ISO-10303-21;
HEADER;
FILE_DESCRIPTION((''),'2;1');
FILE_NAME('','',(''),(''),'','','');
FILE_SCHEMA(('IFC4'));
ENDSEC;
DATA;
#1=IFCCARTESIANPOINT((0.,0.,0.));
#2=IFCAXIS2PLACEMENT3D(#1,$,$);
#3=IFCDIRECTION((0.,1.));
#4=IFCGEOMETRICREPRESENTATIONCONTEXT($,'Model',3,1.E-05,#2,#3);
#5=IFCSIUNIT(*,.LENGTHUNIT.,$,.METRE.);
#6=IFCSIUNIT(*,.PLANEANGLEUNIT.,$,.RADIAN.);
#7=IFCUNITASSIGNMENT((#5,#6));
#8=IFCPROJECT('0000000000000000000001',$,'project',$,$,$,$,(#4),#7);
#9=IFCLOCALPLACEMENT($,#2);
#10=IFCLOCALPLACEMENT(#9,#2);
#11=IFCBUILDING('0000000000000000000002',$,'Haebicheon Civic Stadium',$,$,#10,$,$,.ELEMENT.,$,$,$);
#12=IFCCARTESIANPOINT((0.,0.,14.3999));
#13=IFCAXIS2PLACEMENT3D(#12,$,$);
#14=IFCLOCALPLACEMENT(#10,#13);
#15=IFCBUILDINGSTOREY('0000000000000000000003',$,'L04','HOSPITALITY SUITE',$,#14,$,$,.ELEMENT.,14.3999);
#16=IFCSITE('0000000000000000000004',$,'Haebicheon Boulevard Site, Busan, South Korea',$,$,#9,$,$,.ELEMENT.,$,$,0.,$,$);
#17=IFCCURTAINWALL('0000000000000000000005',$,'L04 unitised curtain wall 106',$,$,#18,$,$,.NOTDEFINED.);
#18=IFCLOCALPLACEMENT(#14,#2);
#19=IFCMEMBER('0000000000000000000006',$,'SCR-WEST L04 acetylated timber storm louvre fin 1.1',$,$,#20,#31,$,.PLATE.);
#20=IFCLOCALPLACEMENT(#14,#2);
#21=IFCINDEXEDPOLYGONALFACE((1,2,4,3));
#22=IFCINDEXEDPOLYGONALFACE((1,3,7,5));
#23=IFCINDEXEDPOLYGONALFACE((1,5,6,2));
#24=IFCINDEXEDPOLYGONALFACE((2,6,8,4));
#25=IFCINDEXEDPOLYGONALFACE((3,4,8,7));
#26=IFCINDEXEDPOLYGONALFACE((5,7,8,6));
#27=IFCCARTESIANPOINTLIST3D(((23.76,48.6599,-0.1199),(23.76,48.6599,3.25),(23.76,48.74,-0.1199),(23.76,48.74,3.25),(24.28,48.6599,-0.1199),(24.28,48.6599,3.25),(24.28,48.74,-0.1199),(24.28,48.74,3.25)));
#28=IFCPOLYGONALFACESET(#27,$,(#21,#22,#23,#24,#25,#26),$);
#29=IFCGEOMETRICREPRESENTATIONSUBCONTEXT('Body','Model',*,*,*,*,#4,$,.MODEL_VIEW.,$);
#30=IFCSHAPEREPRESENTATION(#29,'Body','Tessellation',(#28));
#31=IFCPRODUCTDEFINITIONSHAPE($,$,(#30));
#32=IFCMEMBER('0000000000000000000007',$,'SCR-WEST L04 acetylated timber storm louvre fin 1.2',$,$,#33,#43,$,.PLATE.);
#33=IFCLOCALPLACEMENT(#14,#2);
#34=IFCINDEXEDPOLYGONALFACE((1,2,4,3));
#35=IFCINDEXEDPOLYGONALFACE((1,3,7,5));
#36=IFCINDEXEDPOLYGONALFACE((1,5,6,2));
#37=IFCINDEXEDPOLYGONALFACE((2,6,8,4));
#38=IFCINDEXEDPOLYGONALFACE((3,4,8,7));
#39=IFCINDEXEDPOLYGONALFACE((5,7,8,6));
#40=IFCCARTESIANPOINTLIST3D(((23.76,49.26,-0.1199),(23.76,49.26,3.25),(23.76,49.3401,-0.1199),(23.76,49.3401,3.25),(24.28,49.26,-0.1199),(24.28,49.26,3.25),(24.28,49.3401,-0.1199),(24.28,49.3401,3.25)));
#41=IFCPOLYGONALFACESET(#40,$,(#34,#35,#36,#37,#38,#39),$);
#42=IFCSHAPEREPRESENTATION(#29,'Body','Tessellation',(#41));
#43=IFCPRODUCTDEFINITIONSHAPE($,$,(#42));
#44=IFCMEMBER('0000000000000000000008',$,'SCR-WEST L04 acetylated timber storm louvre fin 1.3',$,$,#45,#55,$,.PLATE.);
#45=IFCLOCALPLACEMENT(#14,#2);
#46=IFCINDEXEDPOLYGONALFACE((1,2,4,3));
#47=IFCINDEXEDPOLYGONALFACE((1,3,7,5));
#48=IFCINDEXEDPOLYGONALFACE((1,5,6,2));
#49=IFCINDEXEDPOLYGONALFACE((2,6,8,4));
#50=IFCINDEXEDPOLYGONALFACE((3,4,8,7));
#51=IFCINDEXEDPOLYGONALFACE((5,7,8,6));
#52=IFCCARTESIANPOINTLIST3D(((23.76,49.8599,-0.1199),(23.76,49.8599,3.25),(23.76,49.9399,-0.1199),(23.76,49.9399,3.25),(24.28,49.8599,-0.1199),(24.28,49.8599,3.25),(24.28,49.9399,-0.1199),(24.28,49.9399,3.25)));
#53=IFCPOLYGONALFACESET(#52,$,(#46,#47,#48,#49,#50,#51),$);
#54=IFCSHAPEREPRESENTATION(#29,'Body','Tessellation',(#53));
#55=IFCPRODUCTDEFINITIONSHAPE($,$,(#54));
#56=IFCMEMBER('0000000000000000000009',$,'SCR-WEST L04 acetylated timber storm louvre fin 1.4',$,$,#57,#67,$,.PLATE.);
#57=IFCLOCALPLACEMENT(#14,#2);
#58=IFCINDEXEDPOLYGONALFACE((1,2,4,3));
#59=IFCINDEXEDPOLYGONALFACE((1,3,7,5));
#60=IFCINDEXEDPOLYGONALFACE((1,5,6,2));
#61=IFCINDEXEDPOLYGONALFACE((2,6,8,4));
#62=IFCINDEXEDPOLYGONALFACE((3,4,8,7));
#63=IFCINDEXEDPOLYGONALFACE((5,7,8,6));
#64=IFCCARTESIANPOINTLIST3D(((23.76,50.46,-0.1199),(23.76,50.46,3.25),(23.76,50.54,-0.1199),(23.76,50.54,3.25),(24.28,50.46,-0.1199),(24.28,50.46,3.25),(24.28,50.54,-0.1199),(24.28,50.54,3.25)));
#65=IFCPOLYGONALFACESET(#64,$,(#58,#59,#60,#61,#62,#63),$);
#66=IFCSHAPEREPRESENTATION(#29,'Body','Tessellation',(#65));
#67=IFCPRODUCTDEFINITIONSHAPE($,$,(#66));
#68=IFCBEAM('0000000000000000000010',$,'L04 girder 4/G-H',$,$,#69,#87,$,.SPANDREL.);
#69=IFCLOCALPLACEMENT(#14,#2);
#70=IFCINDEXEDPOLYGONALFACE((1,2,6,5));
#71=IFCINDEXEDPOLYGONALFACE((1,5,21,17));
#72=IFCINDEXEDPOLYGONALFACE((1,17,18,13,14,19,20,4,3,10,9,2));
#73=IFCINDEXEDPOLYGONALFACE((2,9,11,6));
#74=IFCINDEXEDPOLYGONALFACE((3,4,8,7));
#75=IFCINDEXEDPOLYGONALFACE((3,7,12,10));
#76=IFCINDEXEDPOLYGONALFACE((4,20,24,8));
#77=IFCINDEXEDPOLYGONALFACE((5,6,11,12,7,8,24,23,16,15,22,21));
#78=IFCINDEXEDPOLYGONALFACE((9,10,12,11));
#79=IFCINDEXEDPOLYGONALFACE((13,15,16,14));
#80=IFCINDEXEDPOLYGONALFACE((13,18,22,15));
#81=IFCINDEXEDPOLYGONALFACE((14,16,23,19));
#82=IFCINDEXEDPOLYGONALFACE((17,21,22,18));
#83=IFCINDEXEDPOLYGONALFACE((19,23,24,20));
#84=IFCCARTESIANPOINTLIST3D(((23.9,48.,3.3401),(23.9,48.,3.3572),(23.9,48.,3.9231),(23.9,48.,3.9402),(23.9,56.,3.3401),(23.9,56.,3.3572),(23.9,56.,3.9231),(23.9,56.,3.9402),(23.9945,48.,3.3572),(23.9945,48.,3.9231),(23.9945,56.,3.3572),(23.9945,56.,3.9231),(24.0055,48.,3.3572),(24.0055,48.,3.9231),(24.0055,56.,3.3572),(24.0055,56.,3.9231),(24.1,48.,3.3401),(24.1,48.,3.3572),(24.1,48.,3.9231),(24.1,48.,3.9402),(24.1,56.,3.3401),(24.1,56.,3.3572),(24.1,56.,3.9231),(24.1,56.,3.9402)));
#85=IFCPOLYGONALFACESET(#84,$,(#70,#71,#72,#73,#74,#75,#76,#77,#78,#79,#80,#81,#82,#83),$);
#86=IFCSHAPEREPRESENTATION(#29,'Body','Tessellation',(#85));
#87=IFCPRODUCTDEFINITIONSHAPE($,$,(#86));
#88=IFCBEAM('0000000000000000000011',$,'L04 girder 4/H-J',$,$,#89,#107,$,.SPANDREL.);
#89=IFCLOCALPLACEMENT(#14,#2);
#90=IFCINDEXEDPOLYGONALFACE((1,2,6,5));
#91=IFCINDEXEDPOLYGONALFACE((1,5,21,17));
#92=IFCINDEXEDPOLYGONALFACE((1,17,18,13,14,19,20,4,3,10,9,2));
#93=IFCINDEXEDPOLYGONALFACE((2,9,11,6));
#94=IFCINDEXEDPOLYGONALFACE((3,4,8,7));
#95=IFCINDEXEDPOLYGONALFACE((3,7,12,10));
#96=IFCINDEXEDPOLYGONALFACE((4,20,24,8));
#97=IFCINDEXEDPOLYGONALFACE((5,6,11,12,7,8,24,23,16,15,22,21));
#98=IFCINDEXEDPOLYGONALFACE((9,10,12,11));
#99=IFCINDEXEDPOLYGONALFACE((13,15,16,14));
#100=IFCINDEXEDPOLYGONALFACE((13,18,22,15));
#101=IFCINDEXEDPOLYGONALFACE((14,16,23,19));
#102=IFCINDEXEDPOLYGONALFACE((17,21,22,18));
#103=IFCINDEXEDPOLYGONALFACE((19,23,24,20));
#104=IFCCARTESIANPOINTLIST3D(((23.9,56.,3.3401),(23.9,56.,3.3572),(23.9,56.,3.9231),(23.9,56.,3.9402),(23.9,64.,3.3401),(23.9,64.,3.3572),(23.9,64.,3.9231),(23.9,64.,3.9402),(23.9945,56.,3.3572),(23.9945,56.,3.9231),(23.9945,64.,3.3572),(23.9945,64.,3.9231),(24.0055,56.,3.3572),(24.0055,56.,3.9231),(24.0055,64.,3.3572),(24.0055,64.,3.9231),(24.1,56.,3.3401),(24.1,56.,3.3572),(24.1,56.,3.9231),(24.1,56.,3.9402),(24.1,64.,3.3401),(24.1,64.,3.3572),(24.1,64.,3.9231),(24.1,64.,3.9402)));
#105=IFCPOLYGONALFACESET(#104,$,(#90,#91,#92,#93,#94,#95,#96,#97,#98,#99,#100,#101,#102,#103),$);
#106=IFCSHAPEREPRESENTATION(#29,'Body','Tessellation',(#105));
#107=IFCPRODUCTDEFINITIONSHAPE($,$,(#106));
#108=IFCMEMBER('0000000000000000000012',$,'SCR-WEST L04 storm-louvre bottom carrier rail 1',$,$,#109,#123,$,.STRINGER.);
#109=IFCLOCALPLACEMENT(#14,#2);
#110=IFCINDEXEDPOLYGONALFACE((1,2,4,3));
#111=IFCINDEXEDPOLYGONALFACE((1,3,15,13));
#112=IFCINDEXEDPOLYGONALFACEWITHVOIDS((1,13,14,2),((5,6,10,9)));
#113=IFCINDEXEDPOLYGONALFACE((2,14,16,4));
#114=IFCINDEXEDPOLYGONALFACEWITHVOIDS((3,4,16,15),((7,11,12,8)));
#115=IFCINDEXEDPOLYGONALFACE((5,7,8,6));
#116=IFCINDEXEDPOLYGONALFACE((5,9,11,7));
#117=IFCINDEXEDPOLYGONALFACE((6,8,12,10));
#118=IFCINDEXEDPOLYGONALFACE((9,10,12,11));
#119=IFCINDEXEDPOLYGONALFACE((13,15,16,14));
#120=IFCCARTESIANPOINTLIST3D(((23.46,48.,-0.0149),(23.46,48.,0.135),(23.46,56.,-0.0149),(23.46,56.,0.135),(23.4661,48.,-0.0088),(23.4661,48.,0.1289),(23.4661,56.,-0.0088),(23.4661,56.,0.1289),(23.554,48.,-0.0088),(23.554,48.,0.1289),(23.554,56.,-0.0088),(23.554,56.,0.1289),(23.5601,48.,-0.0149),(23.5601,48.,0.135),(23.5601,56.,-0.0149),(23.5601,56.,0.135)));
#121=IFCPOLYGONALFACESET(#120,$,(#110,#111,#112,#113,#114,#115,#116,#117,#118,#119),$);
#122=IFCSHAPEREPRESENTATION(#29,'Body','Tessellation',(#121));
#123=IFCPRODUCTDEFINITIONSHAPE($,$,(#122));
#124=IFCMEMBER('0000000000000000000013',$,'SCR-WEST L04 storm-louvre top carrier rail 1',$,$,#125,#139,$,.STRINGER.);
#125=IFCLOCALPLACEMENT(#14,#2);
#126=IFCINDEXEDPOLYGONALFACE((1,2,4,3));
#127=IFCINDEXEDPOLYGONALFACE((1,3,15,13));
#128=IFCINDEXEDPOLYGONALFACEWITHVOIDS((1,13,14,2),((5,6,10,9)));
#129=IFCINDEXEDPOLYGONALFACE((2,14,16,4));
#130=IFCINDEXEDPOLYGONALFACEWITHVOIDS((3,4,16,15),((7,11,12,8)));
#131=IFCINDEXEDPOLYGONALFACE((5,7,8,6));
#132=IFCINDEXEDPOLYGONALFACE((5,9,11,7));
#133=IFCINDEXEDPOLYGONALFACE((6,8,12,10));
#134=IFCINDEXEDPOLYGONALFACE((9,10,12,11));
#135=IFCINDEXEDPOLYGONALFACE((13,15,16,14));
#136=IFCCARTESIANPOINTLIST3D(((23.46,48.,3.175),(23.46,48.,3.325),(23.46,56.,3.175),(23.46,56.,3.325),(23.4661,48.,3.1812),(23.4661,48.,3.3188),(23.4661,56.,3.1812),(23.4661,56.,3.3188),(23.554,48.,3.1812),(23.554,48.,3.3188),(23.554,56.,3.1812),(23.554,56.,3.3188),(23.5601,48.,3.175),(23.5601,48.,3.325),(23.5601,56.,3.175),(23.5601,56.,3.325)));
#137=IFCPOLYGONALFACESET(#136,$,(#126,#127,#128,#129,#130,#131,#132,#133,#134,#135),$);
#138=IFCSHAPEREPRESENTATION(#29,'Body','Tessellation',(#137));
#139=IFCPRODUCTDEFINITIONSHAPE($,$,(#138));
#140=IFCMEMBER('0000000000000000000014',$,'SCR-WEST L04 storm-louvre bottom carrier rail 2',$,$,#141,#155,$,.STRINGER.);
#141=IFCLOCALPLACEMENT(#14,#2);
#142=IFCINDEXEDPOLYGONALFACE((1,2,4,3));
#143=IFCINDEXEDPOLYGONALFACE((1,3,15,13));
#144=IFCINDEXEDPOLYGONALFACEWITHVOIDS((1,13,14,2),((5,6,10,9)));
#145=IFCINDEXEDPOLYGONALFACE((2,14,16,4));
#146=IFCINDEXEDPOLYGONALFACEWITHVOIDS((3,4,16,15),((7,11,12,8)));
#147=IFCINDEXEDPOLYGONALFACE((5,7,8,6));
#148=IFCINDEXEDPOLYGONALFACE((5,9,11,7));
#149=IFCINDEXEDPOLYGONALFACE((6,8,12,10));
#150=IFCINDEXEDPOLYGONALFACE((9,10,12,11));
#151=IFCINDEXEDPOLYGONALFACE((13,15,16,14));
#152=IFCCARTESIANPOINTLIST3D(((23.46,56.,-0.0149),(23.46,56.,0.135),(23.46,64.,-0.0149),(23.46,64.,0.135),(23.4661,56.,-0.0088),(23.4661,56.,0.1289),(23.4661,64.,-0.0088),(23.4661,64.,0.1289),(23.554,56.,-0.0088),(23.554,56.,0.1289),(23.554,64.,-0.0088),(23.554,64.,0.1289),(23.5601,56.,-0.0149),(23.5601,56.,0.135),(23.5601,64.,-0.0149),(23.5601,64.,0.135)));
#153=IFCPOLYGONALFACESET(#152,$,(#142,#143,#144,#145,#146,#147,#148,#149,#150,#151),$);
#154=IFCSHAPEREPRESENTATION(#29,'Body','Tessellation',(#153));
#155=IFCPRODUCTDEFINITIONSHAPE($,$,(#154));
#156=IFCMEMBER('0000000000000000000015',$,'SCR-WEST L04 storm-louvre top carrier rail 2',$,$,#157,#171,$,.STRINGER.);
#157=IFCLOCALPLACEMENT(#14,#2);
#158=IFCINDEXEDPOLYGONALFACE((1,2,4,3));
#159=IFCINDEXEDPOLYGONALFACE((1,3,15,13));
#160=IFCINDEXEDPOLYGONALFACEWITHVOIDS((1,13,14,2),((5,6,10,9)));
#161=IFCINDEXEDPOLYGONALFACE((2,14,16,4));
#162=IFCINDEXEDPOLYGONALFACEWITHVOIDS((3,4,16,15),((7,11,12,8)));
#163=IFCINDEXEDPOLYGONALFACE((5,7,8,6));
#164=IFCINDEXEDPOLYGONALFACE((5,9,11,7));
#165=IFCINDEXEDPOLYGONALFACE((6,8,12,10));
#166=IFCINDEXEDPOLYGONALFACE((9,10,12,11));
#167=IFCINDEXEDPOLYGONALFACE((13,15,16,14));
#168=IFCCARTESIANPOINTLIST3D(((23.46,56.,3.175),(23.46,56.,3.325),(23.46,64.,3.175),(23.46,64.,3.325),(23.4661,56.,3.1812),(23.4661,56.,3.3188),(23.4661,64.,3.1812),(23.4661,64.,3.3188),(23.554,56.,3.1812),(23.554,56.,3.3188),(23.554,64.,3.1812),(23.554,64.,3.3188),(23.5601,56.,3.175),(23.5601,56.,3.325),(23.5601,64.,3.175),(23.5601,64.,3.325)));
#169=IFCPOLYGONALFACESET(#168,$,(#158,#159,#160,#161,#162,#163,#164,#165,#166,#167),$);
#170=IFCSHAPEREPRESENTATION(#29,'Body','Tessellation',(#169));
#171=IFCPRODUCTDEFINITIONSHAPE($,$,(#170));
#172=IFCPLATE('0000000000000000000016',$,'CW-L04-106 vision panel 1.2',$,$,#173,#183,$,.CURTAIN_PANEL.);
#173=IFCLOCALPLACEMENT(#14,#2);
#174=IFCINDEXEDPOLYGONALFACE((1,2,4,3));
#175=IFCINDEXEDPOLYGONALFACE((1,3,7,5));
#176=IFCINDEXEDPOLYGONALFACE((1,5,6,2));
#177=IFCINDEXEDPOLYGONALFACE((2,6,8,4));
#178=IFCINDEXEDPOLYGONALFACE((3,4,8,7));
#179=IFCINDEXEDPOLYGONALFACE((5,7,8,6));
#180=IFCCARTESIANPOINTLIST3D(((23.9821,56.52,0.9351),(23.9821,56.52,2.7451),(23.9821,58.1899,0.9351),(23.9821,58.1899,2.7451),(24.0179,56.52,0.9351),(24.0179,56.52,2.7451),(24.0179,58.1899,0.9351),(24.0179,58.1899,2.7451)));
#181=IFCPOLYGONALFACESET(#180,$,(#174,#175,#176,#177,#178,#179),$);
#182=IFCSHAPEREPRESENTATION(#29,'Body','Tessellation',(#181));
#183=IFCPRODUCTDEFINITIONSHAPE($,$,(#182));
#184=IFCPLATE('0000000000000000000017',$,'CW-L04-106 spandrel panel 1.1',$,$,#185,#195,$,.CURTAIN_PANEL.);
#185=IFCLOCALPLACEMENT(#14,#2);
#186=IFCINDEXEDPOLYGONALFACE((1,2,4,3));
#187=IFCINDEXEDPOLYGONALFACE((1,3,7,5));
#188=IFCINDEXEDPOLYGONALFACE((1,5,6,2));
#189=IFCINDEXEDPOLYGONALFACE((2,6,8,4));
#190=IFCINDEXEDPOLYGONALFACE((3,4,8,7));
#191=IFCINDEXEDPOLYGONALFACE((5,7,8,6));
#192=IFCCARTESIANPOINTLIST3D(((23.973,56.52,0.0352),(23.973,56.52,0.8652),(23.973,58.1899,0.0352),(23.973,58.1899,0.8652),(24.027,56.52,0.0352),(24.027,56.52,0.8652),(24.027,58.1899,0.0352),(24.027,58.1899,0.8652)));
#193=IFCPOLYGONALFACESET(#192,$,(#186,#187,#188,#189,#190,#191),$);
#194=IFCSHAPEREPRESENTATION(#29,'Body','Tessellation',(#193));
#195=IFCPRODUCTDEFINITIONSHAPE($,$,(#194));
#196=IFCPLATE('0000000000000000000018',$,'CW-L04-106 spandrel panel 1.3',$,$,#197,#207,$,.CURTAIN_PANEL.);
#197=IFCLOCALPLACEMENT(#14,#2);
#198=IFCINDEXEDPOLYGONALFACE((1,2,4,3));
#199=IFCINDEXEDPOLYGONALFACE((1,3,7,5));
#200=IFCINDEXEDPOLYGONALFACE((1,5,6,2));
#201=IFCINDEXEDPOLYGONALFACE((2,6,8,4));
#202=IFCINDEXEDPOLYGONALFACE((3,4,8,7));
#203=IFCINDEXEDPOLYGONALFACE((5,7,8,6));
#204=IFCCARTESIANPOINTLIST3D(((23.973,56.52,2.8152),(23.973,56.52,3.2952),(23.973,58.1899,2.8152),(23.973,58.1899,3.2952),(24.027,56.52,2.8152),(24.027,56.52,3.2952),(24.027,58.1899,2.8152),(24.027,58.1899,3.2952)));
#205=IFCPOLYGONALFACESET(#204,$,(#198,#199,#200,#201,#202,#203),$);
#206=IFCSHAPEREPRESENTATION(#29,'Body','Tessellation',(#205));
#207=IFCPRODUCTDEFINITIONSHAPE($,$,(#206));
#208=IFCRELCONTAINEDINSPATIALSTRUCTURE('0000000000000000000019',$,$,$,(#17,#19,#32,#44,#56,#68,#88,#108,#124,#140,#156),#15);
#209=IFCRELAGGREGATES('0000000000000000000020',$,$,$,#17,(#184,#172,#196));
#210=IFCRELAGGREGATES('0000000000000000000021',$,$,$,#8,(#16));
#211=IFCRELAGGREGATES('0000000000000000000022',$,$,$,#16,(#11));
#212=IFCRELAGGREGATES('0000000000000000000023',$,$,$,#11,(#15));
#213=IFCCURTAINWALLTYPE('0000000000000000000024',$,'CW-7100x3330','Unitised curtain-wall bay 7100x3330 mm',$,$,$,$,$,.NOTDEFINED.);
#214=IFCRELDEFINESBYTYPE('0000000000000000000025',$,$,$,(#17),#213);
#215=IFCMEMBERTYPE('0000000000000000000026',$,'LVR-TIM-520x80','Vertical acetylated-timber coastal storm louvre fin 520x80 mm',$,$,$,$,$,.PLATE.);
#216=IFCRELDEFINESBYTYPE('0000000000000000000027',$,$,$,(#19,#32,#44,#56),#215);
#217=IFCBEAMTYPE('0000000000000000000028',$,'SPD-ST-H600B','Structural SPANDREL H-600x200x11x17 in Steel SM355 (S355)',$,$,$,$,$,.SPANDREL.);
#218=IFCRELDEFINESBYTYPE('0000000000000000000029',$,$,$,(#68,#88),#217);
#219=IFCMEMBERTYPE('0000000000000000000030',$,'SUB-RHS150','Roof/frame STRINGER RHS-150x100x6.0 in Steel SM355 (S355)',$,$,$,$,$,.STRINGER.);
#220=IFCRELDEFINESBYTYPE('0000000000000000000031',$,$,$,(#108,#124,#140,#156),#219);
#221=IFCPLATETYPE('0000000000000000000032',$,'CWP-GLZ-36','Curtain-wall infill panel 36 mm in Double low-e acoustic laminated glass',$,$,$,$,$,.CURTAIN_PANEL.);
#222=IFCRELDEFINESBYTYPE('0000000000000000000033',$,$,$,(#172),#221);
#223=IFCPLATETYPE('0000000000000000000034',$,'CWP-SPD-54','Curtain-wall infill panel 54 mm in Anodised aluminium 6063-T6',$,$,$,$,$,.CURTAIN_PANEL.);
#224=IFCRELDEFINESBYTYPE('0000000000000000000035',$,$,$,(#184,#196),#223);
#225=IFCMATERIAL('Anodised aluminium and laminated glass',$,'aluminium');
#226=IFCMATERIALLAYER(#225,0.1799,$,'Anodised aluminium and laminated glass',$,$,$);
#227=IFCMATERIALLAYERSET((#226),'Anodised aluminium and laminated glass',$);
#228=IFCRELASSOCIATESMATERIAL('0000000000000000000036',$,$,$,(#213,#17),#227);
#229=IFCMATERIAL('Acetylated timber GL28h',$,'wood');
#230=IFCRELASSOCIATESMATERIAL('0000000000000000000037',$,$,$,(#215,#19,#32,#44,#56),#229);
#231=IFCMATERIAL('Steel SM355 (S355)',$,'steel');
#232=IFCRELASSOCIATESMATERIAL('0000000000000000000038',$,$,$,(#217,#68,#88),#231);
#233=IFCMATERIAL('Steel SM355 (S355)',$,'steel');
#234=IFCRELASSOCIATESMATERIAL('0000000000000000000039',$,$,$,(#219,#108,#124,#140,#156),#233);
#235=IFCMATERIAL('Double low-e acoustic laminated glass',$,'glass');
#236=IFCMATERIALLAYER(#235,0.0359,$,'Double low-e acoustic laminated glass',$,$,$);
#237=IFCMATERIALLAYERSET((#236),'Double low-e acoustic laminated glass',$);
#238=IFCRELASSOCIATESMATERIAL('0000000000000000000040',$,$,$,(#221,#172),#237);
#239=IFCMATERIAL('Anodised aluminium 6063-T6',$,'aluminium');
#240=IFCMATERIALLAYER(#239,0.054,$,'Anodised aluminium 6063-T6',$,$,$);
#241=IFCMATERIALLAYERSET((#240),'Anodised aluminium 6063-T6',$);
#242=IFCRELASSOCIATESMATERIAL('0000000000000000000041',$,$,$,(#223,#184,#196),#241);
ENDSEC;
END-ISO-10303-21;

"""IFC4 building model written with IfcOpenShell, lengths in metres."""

from ifc_helpers import new_model, si_unit, direction, frame, origin, origin_2d, place, context, subcontext, project, spatial, rectangle, hollow_rectangle, i_section, extrude, material, layer, layer_set, material_profile, profile_set, type_object, element, aggregate, save


model = new_model("IFC4")

# Units and contexts
model_context = context("Model", 3, precision=1e-05, world=origin(), true_north=direction((0.0, 1.0)))
body_context = subcontext(model_context, "Body", "Model", "MODEL_VIEW")
ifc_project = project(units=[si_unit("LENGTHUNIT", "METRE"), si_unit("PLANEANGLEUNIT", "RADIAN")], contexts=[model_context])

# Site, building, storey
site_placement = place(None, origin())
site = spatial("IfcSite", under=ifc_project, at=site_placement, Name="Haebicheon Boulevard Site, Busan, South Korea", CompositionType="ELEMENT", RefElevation=0.0)
building_placement = place(site_placement, origin())
building = spatial("IfcBuilding", under=site, at=building_placement, Name="Haebicheon Civic Stadium", CompositionType="ELEMENT")
storey_placement = place(building_placement, frame((0.0, 0.0, 14.3999)))
storey = spatial("IfcBuildingStorey", under=building, at=storey_placement, Name="L04", Description="HOSPITALITY SUITE", CompositionType="ELEMENT", Elevation=14.3999)

# Curtain wall
ifc_material_1 = material(Name="Anodised aluminium and laminated glass", Category="aluminium")
ifc_layer_1 = layer(ifc_material_1, 0.1799, Name="Anodised aluminium and laminated glass")
ifc_layer_set_1 = layer_set([ifc_layer_1], Name="Anodised aluminium and laminated glass")
curtain_wall_type = type_object("IfcCurtainWallType", Name="CW-7100x3330", Description="Unitised curtain-wall bay 7100x3330 mm", PredefinedType="NOTDEFINED", material=ifc_layer_set_1)
curtain_wall_placement = place(storey_placement, origin())
curtain_wall = element("IfcCurtainWall", 1, at=curtain_wall_placement, inside=storey, type_object=curtain_wall_type, material=ifc_layer_set_1, Name="L04 unitised curtain wall 106", PredefinedType="NOTDEFINED")

# Members
ifc_material_2 = material(Name="Acetylated timber GL28h", Category="wood")
ifc_material_profile_1 = material_profile(ifc_material_2, rectangle(XDim=0.0801, YDim=0.52, at=origin_2d()), Name="TMB-LOUV-80x520")
ifc_profile_set_1 = profile_set([ifc_material_profile_1], Name="Acetylated timber GL28h")
member_type_1 = type_object("IfcMemberType", Name="LVR-TIM-520x80", Description="Vertical acetylated-timber coastal storm louvre fin 520x80 mm", PredefinedType="PLATE", material=ifc_profile_set_1)
for number, where, z_axis, x_axis, name in (
    (2, (24.02, 48.7, -0.1199), (0.0, 0.0, 1.0), (0.0, 1.0, 0.0), "SCR-WEST L04 acetylated timber storm louvre fin 1.1"),
    (3, (24.02, 49.3, -0.1199), (0.0, 0.0, 1.0), (0.0, 1.0, 0.0), "SCR-WEST L04 acetylated timber storm louvre fin 1.2"),
    (4, (24.02, 49.8999, -0.1199), (0.0, 0.0, 1.0), (0.0, 1.0, 0.0), "SCR-WEST L04 acetylated timber storm louvre fin 1.3"),
    (5, (24.02, 50.5, -0.1199), (0.0, 0.0, 1.0), (0.0, 1.0, 0.0), "SCR-WEST L04 acetylated timber storm louvre fin 1.4"),
):
    element("IfcMember", number, at=place(storey_placement, frame(where, z_axis=z_axis, x_axis=x_axis)), inside=storey, type_object=member_type_1, material=ifc_profile_set_1, Name=name, PredefinedType="PLATE", context=body_context, shape_type="SweptSolid", body=[
        extrude(rectangle(XDim=0.0801, YDim=0.52, at=origin_2d()), origin(), (0.0, 0.0, 1.0), 3.3699),
    ])

# Beams
ifc_material_3 = material(Name="Steel SM355 (S355)", Category="steel")
ifc_material_profile_2 = material_profile(ifc_material_3, i_section(OverallWidth=0.2, OverallDepth=0.6001, WebThickness=0.011, FlangeThickness=0.0171, at=origin_2d()), Name="H-600x200x11x17")
ifc_profile_set_2 = profile_set([ifc_material_profile_2], Name="Steel SM355 (S355)")
beam_type_1 = type_object("IfcBeamType", Name="SPD-ST-H600B", Description="Structural SPANDREL H-600x200x11x17 in Steel SM355 (S355)", PredefinedType="SPANDREL", material=ifc_profile_set_2)
for number, where, z_axis, x_axis, name in (
    (6, (24.0, 48.0, 3.6401), (0.0, 1.0, 0.0), (-1.0, 0.0, 0.0), "L04 girder 4/G-H"),
    (7, (24.0, 56.0, 3.6401), (0.0, 1.0, 0.0), (-1.0, 0.0, 0.0), "L04 girder 4/H-J"),
):
    element("IfcBeam", number, at=place(storey_placement, frame(where, z_axis=z_axis, x_axis=x_axis)), inside=storey, type_object=beam_type_1, material=ifc_profile_set_2, Name=name, PredefinedType="SPANDREL", context=body_context, shape_type="SweptSolid", body=[
        extrude(i_section(OverallWidth=0.2, OverallDepth=0.6001, WebThickness=0.011, FlangeThickness=0.0171, at=origin_2d()), origin(), (0.0, 0.0, 1.0), 8.0),
    ])

# Members
ifc_material_4 = material(Name="Steel SM355 (S355)", Category="steel")
ifc_material_profile_3 = material_profile(ifc_material_4, hollow_rectangle(XDim=0.1001, YDim=0.1499, WallThickness=0.0061, at=origin_2d()), Name="RHS-150x100x6.0")
ifc_profile_set_3 = profile_set([ifc_material_profile_3], Name="Steel SM355 (S355)")
member_type_2 = type_object("IfcMemberType", Name="SUB-RHS150", Description="Roof/frame STRINGER RHS-150x100x6.0 in Steel SM355 (S355)", PredefinedType="STRINGER", material=ifc_profile_set_3)
for number, where, z_axis, x_axis, name in (
    (8, (23.51, 48.0, 0.0601), (0.0, 1.0, 0.0), (-1.0, 0.0, 0.0), "SCR-WEST L04 storm-louvre bottom carrier rail 1"),
    (9, (23.51, 48.0, 3.25), (0.0, 1.0, 0.0), (-1.0, 0.0, 0.0), "SCR-WEST L04 storm-louvre top carrier rail 1"),
    (10, (23.51, 56.0, 0.0601), (0.0, 1.0, 0.0), (-1.0, 0.0, 0.0), "SCR-WEST L04 storm-louvre bottom carrier rail 2"),
    (11, (23.51, 56.0, 3.25), (0.0, 1.0, 0.0), (-1.0, 0.0, 0.0), "SCR-WEST L04 storm-louvre top carrier rail 2"),
):
    element("IfcMember", number, at=place(storey_placement, frame(where, z_axis=z_axis, x_axis=x_axis)), inside=storey, type_object=member_type_2, material=ifc_profile_set_3, Name=name, PredefinedType="STRINGER", context=body_context, shape_type="SweptSolid", body=[
        extrude(hollow_rectangle(XDim=0.1001, YDim=0.1499, WallThickness=0.0061, at=origin_2d()), origin(), (0.0, 0.0, 1.0), 8.0),
    ])

# Plates
ifc_material_5 = material(Name="Double low-e acoustic laminated glass", Category="glass")
ifc_layer_2 = layer(ifc_material_5, 0.0359, Name="Double low-e acoustic laminated glass")
ifc_layer_set_2 = layer_set([ifc_layer_2], Name="Double low-e acoustic laminated glass")
plate_type_1 = type_object("IfcPlateType", Name="CWP-GLZ-36", Description="Curtain-wall infill panel 36 mm in Double low-e acoustic laminated glass", PredefinedType="CURTAIN_PANEL", material=ifc_layer_set_2)
plate_1_placement = place(storey_placement, frame((24.0, 57.355, 0.9351), z_axis=(0.0, 0.0, 1.0), x_axis=(0.0, 1.0, 0.0)))
plate_1 = element("IfcPlate", 12, at=plate_1_placement, type_object=plate_type_1, material=ifc_layer_set_2, Name="CW-L04-106 vision panel 1.2", PredefinedType="CURTAIN_PANEL", context=body_context, shape_type="SweptSolid", body=[
    extrude(rectangle(XDim=1.6699, YDim=0.0359, at=origin_2d()), origin(), (0.0, 0.0, 1.0), 1.8101),
])
ifc_material_6 = material(Name="Anodised aluminium 6063-T6", Category="aluminium")
ifc_layer_3 = layer(ifc_material_6, 0.054, Name="Anodised aluminium 6063-T6")
ifc_layer_set_3 = layer_set([ifc_layer_3], Name="Anodised aluminium 6063-T6")
plate_type_2 = type_object("IfcPlateType", Name="CWP-SPD-54", Description="Curtain-wall infill panel 54 mm in Anodised aluminium 6063-T6", PredefinedType="CURTAIN_PANEL", material=ifc_layer_set_3)
plate_2_placement = place(storey_placement, frame((24.0, 57.355, 0.0352), z_axis=(0.0, 0.0, 1.0), x_axis=(0.0, 1.0, 0.0)))
plate_2 = element("IfcPlate", 13, at=plate_2_placement, type_object=plate_type_2, material=ifc_layer_set_3, Name="CW-L04-106 spandrel panel 1.1", PredefinedType="CURTAIN_PANEL", context=body_context, shape_type="SweptSolid", body=[
    extrude(rectangle(XDim=1.6699, YDim=0.054, at=origin_2d()), origin(), (0.0, 0.0, 1.0), 0.8301),
])
plate_3_placement = place(storey_placement, frame((24.0, 57.355, 2.8152), z_axis=(0.0, 0.0, 1.0), x_axis=(0.0, 1.0, 0.0)))
plate_3 = element("IfcPlate", 14, at=plate_3_placement, type_object=plate_type_2, material=ifc_layer_set_3, Name="CW-L04-106 spandrel panel 1.3", PredefinedType="CURTAIN_PANEL", context=body_context, shape_type="SweptSolid", body=[
    extrude(rectangle(XDim=1.6699, YDim=0.054, at=origin_2d()), origin(), (0.0, 0.0, 1.0), 0.48),
])
aggregate(curtain_wall, [plate_2, plate_1, plate_3])

save(model, "model.ifc")
